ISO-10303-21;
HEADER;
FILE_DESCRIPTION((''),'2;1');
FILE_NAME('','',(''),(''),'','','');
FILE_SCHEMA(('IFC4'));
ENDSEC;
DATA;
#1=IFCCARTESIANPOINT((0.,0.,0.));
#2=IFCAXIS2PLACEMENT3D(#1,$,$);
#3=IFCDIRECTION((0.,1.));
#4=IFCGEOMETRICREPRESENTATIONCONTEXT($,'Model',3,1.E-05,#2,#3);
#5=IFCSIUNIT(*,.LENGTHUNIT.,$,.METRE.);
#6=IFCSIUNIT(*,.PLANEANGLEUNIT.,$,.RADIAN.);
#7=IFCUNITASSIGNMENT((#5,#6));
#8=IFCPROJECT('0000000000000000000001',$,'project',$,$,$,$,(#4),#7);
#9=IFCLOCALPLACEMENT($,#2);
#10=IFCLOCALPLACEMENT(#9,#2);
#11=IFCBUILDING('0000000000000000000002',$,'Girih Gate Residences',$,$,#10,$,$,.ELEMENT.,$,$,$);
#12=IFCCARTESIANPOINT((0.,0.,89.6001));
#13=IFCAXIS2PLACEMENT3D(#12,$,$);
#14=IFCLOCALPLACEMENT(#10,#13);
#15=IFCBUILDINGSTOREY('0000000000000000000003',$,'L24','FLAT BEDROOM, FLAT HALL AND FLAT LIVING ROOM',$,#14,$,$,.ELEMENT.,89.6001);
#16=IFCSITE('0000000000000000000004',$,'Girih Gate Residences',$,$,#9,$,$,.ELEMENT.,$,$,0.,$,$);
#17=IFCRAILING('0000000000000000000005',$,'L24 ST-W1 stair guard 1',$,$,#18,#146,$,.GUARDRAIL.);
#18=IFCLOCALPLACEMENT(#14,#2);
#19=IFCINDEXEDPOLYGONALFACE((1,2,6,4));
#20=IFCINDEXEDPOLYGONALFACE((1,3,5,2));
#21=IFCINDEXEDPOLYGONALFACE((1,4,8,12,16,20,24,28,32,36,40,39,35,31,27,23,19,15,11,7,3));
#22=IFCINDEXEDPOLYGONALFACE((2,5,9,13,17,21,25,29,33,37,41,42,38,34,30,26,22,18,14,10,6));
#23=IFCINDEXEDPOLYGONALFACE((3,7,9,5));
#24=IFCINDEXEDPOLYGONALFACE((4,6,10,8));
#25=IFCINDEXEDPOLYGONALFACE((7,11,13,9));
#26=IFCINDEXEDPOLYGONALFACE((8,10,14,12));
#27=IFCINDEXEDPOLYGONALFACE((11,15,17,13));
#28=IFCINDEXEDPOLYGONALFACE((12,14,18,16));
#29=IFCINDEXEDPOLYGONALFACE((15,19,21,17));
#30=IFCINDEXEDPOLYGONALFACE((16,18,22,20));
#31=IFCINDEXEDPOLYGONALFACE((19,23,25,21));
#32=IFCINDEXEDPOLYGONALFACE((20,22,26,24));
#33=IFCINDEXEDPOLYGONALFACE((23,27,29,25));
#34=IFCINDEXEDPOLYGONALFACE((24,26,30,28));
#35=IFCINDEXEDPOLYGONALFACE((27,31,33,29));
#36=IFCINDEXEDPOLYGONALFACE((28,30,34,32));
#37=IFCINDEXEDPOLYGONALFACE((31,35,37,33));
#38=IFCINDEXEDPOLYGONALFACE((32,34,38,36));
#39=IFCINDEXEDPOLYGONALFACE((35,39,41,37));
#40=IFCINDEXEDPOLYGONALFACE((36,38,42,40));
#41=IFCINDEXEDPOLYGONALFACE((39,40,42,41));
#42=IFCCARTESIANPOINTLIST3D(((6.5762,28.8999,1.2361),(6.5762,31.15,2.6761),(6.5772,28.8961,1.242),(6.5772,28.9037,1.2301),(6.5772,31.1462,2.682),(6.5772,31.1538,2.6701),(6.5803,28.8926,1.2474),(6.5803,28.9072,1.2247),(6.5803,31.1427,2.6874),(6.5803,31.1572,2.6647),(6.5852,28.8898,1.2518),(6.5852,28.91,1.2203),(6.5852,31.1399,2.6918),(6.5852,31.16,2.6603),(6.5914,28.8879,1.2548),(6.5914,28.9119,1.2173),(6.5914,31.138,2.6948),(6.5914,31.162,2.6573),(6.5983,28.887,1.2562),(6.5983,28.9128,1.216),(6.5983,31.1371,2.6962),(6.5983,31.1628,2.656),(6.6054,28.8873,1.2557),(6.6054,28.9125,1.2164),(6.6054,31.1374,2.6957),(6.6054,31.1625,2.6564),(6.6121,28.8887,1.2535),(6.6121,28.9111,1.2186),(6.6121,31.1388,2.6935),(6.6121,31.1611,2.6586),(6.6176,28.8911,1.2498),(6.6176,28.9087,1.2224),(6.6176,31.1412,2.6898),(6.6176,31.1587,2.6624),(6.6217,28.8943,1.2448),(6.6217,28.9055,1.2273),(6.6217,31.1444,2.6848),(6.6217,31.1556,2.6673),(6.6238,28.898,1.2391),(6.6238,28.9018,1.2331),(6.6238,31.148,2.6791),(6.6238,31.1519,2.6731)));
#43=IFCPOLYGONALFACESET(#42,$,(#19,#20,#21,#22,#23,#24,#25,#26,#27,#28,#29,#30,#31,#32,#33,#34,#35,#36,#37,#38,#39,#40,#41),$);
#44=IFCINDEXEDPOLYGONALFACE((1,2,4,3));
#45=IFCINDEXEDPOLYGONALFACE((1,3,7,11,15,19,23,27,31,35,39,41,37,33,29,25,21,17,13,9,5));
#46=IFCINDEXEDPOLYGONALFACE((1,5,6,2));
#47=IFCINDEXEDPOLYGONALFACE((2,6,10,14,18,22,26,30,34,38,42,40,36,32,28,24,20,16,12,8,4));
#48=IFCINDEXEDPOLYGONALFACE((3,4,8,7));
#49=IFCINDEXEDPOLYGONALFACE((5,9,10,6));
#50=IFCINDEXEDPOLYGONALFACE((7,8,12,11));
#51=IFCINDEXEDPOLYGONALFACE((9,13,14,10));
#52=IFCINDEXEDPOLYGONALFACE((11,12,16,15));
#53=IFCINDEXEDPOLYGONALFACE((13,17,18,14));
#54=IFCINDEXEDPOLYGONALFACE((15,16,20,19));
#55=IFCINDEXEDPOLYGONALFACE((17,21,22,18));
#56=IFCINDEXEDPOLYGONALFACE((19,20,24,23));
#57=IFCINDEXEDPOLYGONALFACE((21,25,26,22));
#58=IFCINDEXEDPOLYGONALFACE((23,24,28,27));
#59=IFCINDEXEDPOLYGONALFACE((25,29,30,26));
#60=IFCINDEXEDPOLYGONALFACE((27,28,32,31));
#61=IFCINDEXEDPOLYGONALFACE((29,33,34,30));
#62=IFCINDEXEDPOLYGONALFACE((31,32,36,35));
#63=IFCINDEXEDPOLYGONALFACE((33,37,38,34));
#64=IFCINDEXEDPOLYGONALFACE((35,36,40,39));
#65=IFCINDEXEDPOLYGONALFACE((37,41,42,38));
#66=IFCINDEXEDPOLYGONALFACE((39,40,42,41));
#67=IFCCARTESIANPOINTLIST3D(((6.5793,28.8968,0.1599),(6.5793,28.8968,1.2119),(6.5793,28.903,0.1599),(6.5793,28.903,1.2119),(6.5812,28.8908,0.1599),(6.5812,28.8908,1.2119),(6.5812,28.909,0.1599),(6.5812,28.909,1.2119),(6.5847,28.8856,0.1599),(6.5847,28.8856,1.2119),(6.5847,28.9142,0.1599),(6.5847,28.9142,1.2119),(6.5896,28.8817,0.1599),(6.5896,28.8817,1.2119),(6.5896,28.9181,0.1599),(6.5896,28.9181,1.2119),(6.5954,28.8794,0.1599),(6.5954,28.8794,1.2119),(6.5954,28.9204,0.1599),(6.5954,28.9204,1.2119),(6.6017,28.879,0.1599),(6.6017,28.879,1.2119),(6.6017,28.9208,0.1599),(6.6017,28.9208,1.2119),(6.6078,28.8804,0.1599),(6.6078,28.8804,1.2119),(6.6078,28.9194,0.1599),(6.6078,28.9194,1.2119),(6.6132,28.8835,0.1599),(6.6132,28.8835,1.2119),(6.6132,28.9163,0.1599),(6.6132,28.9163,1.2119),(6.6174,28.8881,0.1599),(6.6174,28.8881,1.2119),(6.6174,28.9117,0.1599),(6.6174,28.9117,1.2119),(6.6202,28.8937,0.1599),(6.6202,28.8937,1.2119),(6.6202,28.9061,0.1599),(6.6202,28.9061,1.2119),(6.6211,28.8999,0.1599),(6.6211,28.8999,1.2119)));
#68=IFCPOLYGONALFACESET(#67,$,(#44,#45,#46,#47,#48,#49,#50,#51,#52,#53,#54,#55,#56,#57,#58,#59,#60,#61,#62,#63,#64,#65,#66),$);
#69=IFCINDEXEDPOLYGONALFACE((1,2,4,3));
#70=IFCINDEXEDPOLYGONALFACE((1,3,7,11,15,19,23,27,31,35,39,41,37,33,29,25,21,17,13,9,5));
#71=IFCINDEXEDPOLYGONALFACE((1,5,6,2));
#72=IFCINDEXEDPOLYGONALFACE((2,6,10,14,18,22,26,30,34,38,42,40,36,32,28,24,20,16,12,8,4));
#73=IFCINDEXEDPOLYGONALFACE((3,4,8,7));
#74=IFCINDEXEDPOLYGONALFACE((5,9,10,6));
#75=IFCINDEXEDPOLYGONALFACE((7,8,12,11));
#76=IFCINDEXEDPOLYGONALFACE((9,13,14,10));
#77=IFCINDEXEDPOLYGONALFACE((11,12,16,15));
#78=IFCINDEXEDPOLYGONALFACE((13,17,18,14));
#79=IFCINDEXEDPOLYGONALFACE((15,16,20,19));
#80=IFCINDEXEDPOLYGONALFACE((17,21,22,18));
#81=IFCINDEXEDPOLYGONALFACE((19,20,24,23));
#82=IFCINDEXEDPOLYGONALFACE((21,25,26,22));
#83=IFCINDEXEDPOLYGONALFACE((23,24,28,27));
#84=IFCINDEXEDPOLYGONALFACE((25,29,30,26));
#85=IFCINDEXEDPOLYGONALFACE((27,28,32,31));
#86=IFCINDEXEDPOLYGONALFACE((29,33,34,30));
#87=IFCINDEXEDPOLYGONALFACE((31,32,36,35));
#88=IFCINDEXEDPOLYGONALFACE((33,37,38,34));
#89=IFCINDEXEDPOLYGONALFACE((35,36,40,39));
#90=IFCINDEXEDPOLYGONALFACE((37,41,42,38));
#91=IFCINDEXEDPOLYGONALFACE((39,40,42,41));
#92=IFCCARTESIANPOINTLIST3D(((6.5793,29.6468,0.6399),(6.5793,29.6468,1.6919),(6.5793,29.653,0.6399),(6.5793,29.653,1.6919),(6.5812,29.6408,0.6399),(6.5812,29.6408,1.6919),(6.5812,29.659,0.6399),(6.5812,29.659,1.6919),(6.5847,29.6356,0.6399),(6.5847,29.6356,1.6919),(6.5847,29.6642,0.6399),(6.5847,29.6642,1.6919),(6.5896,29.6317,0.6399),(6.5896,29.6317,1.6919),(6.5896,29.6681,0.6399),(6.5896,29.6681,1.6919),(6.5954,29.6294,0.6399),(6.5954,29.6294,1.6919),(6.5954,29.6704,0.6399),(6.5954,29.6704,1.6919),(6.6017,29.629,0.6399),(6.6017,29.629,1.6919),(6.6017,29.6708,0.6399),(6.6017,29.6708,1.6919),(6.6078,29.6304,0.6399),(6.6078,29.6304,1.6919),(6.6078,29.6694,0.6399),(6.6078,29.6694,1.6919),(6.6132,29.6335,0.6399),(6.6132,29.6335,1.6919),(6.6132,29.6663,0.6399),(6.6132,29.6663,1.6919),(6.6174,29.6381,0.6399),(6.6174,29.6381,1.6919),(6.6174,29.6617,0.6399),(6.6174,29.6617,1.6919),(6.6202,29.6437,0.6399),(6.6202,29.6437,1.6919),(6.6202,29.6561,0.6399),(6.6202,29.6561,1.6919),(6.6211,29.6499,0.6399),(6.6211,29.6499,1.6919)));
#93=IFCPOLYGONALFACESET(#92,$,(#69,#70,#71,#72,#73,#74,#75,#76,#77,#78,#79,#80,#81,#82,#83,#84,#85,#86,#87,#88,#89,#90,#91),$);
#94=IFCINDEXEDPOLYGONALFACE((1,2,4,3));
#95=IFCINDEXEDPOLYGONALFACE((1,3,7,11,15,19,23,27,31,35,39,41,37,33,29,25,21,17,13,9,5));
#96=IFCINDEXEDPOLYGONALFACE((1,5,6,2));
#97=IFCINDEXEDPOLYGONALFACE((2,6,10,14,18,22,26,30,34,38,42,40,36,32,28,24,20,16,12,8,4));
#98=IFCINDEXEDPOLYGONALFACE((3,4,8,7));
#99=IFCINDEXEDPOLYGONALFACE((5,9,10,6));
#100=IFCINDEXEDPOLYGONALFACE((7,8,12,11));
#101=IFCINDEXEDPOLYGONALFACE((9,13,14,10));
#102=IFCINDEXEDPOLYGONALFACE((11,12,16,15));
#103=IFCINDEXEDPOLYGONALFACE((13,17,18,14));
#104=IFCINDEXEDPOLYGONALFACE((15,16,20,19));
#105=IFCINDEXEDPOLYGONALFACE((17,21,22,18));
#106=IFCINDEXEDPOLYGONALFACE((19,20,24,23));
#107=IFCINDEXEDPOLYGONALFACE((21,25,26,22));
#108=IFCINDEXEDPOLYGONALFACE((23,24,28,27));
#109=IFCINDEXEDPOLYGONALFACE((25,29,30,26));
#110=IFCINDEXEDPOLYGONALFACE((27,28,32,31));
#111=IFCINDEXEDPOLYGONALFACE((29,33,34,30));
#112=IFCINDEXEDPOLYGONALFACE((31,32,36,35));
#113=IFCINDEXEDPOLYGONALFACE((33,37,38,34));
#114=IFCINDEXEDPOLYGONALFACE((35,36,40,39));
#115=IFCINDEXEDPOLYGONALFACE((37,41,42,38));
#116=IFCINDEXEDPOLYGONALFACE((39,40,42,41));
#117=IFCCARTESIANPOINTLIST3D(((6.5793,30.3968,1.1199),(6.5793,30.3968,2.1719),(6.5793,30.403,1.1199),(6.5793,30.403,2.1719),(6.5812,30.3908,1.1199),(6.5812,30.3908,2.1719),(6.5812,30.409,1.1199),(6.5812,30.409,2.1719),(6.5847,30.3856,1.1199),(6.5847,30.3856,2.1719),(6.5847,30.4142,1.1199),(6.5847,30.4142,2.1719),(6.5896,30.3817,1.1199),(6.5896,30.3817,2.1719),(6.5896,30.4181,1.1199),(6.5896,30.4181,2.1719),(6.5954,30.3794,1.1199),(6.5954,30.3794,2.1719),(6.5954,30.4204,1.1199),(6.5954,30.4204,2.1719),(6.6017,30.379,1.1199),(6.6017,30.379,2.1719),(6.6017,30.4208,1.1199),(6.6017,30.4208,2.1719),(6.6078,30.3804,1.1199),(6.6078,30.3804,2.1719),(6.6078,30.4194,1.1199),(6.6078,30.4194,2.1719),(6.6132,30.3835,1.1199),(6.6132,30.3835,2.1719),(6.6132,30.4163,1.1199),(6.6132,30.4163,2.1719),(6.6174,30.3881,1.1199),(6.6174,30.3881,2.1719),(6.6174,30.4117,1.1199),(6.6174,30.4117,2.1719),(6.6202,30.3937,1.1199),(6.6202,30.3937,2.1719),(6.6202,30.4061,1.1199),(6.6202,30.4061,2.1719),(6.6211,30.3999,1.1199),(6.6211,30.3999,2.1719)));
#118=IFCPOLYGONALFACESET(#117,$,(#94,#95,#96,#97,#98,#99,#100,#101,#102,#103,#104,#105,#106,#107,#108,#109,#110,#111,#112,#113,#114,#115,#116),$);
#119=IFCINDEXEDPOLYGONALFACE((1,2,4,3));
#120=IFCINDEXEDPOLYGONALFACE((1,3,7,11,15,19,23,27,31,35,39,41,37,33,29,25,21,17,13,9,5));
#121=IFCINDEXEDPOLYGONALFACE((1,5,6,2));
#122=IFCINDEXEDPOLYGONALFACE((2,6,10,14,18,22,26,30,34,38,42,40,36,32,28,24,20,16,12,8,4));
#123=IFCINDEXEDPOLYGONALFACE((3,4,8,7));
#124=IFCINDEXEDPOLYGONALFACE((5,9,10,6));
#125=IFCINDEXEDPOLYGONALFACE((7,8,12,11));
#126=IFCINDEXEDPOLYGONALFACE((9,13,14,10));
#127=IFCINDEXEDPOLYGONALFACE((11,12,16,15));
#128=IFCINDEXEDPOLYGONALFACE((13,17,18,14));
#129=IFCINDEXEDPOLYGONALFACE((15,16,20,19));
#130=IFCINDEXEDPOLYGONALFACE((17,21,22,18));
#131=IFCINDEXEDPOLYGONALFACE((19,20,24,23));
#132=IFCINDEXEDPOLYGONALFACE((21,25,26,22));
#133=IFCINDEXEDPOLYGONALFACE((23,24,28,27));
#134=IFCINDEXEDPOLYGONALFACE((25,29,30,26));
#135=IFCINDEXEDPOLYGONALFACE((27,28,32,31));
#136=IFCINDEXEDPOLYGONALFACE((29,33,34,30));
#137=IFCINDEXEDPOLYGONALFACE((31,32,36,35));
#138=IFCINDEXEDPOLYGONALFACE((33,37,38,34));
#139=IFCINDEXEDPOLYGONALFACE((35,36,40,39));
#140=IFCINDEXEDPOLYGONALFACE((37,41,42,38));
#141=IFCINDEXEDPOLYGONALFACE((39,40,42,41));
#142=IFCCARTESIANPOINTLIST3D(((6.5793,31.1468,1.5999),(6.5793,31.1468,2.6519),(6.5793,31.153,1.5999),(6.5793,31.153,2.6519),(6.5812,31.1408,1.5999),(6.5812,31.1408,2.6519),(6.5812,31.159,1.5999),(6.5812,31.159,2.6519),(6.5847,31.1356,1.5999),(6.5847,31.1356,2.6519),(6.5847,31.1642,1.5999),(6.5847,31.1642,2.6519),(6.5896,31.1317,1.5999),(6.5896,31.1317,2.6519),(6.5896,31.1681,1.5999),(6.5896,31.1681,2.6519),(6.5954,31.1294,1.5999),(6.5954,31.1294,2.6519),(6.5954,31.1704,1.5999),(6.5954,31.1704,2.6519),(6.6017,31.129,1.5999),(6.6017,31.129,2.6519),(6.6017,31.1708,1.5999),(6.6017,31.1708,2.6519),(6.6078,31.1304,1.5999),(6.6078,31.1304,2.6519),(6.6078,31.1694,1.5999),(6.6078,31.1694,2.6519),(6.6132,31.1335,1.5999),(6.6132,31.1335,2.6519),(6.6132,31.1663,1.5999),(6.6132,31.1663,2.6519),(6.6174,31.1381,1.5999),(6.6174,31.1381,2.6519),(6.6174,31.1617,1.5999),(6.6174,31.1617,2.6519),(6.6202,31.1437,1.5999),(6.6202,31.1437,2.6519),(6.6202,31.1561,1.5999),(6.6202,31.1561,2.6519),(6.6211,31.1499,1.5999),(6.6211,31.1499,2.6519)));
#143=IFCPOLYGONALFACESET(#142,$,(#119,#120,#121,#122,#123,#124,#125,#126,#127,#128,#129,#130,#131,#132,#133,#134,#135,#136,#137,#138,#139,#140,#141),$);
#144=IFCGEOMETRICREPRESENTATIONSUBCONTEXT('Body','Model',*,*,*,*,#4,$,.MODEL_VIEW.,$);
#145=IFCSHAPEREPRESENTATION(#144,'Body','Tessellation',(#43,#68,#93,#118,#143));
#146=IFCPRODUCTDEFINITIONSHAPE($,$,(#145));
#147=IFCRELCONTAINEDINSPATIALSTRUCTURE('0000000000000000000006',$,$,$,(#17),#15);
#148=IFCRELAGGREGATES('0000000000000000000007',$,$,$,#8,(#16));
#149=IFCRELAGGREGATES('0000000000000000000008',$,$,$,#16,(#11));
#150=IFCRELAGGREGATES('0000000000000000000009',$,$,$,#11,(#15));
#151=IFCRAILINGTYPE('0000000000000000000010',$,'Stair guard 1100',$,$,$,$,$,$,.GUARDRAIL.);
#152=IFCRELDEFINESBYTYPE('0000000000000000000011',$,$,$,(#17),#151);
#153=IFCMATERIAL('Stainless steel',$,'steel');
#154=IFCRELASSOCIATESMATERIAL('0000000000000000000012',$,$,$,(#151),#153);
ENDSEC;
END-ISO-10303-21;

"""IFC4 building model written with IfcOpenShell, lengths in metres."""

from ifc_helpers import new_model, si_unit, direction, frame, origin, origin_2d, place, context, subcontext, project, spatial, circle, extrude, material, type_object, element, save


model = new_model("IFC4")

# Units and contexts
model_context = context("Model", 3, precision=1e-05, world=origin(), true_north=direction((0.0, 1.0)))
body_context = subcontext(model_context, "Body", "Model", "MODEL_VIEW")
ifc_project = project(units=[si_unit("LENGTHUNIT", "METRE"), si_unit("PLANEANGLEUNIT", "RADIAN")], contexts=[model_context])

# Site, building, storey
site_placement = place(None, origin())
site = spatial("IfcSite", under=ifc_project, at=site_placement, Name="Girih Gate Residences", CompositionType="ELEMENT", RefElevation=0.0)
building_placement = place(site_placement, origin())
building = spatial("IfcBuilding", under=site, at=building_placement, Name="Girih Gate Residences", CompositionType="ELEMENT")
storey_placement = place(building_placement, frame((0.0, 0.0, 89.6001)))
storey = spatial("IfcBuildingStorey", under=building, at=storey_placement, Name="L24", Description="FLAT BEDROOM, FLAT HALL AND FLAT LIVING ROOM", CompositionType="ELEMENT", Elevation=89.6001)

# Railing
ifc_material_1 = material(Name="Stainless steel", Category="steel")
railing_type_1 = type_object("IfcRailingType", Name="Stair guard 1100", PredefinedType="GUARDRAIL", material=ifc_material_1)
railing_1_placement = place(storey_placement, frame((6.6001, 28.8999, 0.1599)))
element("IfcRailing", 1, at=railing_1_placement, inside=storey, type_object=railing_type_1, Name="L24 ST-W1 stair guard 1", PredefinedType="GUARDRAIL", context=body_context, shape_type="SweptSolid", body=[
    extrude(circle(Radius=0.0239, at=origin_2d()), frame((0.0, 0.0, 1.0762), z_axis=(0.0, 0.842281, 0.539038), x_axis=(-1.0, 0.0, 0.0)), (0.0, 0.0, 1.0), 2.6714),
    extrude(circle(Radius=0.021, at=origin_2d()), origin(), (0.0, 0.0, 1.0), 1.052),
    extrude(circle(Radius=0.021, at=origin_2d()), frame((0.0, 0.75, 0.48)), (0.0, 0.0, 1.0), 1.052),
    extrude(circle(Radius=0.021, at=origin_2d()), frame((0.0, 1.5, 0.96)), (0.0, 0.0, 1.0), 1.052),
    extrude(circle(Radius=0.021, at=origin_2d()), frame((0.0, 2.25, 1.4399)), (0.0, 0.0, 1.0), 1.052),
])

save(model, "model.ifc")
